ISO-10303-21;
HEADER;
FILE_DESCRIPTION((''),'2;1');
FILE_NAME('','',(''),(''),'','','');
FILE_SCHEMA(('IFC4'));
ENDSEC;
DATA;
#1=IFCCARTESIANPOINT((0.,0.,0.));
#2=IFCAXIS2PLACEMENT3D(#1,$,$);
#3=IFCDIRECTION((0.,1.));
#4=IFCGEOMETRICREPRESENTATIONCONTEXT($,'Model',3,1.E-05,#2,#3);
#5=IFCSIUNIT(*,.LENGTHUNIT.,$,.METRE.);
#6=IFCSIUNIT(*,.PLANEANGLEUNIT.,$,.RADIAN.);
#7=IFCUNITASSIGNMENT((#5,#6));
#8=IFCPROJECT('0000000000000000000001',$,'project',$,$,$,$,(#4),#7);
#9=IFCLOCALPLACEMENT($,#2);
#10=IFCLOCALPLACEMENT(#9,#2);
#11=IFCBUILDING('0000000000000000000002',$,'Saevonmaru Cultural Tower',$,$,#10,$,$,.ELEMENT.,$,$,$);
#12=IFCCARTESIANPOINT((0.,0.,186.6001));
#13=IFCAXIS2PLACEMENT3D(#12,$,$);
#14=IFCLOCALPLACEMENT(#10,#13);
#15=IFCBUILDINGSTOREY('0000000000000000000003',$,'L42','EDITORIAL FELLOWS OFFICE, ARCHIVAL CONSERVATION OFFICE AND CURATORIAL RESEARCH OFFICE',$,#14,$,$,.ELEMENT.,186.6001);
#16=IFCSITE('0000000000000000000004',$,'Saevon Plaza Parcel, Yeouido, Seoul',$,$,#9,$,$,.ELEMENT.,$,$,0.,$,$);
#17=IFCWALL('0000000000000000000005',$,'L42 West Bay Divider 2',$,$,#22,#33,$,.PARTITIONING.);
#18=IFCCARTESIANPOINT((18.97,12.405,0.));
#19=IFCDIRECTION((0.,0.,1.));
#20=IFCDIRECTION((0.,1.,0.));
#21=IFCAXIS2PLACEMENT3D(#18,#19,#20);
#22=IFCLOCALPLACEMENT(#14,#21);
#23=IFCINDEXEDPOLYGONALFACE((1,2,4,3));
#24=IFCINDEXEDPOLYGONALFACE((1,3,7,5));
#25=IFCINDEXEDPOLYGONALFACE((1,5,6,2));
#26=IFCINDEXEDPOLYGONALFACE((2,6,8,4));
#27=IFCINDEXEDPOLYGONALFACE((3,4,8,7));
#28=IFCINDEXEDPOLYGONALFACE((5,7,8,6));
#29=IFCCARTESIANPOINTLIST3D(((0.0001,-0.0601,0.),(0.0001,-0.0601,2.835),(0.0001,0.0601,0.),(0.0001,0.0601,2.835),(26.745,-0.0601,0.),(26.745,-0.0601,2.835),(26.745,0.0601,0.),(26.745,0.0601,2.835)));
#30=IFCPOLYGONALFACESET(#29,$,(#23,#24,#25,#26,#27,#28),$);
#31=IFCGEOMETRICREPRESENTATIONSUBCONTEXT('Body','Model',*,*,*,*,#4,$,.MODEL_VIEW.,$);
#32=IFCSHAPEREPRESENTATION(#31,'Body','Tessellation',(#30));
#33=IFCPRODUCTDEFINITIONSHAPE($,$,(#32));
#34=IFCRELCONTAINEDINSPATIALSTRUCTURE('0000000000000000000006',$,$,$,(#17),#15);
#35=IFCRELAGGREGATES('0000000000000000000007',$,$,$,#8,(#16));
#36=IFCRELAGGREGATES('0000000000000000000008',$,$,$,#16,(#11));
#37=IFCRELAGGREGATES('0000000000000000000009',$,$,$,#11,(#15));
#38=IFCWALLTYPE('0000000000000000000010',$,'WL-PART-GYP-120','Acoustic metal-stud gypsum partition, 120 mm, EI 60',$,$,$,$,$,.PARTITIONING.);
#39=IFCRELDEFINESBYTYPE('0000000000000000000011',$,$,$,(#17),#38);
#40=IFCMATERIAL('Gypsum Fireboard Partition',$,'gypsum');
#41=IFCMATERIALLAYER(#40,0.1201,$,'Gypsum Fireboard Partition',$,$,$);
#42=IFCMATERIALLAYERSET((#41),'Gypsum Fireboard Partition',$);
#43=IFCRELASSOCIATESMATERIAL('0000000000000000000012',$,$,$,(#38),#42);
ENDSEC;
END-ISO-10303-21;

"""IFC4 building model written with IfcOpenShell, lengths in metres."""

from ifc_helpers import new_model, si_unit, direction, frame, frame_2d, origin, place, context, subcontext, project, spatial, rectangle, extrude, material, layer, layer_set, type_object, element, save


model = new_model("IFC4")

# Units and contexts
model_context = context("Model", 3, precision=1e-05, world=origin(), true_north=direction((0.0, 1.0)))
body_context = subcontext(model_context, "Body", "Model", "MODEL_VIEW")
ifc_project = project(units=[si_unit("LENGTHUNIT", "METRE"), si_unit("PLANEANGLEUNIT", "RADIAN")], contexts=[model_context])

# Site, building, storey
site_placement = place(None, origin())
site = spatial("IfcSite", under=ifc_project, at=site_placement, Name="Saevon Plaza Parcel, Yeouido, Seoul", CompositionType="ELEMENT", RefElevation=0.0)
building_placement = place(site_placement, origin())
building = spatial("IfcBuilding", under=site, at=building_placement, Name="Saevonmaru Cultural Tower", CompositionType="ELEMENT")
storey_placement = place(building_placement, frame((0.0, 0.0, 186.6001)))
storey = spatial("IfcBuildingStorey", under=building, at=storey_placement, Name="L42", Description="EDITORIAL FELLOWS OFFICE, ARCHIVAL CONSERVATION OFFICE AND CURATORIAL RESEARCH OFFICE", CompositionType="ELEMENT", Elevation=186.6001)

# Wall
ifc_material_1 = material(Name="Gypsum Fireboard Partition", Category="gypsum")
ifc_layer_1 = layer(ifc_material_1, 0.1201, Name="Gypsum Fireboard Partition")
ifc_layer_set_1 = layer_set([ifc_layer_1], Name="Gypsum Fireboard Partition")
wall_type_1 = type_object("IfcWallType", Name="WL-PART-GYP-120", Description="Acoustic metal-stud gypsum partition, 120 mm, EI 60", PredefinedType="PARTITIONING", material=ifc_layer_set_1)
wall_1_placement = place(storey_placement, frame((18.97, 12.405, 0.0), z_axis=(0.0, 0.0, 1.0), x_axis=(0.0, 1.0, 0.0)))
element("IfcWall", 1, at=wall_1_placement, inside=storey, type_object=wall_type_1, Name="L42 West Bay Divider 2", PredefinedType="PARTITIONING", context=body_context, shape_type="SweptSolid", body=[
    extrude(rectangle(XDim=26.7449, YDim=0.1201, at=frame_2d((13.3726, 0.0))), origin(), (0.0, 0.0, 1.0), 2.835),
])

save(model, "model.ifc")
